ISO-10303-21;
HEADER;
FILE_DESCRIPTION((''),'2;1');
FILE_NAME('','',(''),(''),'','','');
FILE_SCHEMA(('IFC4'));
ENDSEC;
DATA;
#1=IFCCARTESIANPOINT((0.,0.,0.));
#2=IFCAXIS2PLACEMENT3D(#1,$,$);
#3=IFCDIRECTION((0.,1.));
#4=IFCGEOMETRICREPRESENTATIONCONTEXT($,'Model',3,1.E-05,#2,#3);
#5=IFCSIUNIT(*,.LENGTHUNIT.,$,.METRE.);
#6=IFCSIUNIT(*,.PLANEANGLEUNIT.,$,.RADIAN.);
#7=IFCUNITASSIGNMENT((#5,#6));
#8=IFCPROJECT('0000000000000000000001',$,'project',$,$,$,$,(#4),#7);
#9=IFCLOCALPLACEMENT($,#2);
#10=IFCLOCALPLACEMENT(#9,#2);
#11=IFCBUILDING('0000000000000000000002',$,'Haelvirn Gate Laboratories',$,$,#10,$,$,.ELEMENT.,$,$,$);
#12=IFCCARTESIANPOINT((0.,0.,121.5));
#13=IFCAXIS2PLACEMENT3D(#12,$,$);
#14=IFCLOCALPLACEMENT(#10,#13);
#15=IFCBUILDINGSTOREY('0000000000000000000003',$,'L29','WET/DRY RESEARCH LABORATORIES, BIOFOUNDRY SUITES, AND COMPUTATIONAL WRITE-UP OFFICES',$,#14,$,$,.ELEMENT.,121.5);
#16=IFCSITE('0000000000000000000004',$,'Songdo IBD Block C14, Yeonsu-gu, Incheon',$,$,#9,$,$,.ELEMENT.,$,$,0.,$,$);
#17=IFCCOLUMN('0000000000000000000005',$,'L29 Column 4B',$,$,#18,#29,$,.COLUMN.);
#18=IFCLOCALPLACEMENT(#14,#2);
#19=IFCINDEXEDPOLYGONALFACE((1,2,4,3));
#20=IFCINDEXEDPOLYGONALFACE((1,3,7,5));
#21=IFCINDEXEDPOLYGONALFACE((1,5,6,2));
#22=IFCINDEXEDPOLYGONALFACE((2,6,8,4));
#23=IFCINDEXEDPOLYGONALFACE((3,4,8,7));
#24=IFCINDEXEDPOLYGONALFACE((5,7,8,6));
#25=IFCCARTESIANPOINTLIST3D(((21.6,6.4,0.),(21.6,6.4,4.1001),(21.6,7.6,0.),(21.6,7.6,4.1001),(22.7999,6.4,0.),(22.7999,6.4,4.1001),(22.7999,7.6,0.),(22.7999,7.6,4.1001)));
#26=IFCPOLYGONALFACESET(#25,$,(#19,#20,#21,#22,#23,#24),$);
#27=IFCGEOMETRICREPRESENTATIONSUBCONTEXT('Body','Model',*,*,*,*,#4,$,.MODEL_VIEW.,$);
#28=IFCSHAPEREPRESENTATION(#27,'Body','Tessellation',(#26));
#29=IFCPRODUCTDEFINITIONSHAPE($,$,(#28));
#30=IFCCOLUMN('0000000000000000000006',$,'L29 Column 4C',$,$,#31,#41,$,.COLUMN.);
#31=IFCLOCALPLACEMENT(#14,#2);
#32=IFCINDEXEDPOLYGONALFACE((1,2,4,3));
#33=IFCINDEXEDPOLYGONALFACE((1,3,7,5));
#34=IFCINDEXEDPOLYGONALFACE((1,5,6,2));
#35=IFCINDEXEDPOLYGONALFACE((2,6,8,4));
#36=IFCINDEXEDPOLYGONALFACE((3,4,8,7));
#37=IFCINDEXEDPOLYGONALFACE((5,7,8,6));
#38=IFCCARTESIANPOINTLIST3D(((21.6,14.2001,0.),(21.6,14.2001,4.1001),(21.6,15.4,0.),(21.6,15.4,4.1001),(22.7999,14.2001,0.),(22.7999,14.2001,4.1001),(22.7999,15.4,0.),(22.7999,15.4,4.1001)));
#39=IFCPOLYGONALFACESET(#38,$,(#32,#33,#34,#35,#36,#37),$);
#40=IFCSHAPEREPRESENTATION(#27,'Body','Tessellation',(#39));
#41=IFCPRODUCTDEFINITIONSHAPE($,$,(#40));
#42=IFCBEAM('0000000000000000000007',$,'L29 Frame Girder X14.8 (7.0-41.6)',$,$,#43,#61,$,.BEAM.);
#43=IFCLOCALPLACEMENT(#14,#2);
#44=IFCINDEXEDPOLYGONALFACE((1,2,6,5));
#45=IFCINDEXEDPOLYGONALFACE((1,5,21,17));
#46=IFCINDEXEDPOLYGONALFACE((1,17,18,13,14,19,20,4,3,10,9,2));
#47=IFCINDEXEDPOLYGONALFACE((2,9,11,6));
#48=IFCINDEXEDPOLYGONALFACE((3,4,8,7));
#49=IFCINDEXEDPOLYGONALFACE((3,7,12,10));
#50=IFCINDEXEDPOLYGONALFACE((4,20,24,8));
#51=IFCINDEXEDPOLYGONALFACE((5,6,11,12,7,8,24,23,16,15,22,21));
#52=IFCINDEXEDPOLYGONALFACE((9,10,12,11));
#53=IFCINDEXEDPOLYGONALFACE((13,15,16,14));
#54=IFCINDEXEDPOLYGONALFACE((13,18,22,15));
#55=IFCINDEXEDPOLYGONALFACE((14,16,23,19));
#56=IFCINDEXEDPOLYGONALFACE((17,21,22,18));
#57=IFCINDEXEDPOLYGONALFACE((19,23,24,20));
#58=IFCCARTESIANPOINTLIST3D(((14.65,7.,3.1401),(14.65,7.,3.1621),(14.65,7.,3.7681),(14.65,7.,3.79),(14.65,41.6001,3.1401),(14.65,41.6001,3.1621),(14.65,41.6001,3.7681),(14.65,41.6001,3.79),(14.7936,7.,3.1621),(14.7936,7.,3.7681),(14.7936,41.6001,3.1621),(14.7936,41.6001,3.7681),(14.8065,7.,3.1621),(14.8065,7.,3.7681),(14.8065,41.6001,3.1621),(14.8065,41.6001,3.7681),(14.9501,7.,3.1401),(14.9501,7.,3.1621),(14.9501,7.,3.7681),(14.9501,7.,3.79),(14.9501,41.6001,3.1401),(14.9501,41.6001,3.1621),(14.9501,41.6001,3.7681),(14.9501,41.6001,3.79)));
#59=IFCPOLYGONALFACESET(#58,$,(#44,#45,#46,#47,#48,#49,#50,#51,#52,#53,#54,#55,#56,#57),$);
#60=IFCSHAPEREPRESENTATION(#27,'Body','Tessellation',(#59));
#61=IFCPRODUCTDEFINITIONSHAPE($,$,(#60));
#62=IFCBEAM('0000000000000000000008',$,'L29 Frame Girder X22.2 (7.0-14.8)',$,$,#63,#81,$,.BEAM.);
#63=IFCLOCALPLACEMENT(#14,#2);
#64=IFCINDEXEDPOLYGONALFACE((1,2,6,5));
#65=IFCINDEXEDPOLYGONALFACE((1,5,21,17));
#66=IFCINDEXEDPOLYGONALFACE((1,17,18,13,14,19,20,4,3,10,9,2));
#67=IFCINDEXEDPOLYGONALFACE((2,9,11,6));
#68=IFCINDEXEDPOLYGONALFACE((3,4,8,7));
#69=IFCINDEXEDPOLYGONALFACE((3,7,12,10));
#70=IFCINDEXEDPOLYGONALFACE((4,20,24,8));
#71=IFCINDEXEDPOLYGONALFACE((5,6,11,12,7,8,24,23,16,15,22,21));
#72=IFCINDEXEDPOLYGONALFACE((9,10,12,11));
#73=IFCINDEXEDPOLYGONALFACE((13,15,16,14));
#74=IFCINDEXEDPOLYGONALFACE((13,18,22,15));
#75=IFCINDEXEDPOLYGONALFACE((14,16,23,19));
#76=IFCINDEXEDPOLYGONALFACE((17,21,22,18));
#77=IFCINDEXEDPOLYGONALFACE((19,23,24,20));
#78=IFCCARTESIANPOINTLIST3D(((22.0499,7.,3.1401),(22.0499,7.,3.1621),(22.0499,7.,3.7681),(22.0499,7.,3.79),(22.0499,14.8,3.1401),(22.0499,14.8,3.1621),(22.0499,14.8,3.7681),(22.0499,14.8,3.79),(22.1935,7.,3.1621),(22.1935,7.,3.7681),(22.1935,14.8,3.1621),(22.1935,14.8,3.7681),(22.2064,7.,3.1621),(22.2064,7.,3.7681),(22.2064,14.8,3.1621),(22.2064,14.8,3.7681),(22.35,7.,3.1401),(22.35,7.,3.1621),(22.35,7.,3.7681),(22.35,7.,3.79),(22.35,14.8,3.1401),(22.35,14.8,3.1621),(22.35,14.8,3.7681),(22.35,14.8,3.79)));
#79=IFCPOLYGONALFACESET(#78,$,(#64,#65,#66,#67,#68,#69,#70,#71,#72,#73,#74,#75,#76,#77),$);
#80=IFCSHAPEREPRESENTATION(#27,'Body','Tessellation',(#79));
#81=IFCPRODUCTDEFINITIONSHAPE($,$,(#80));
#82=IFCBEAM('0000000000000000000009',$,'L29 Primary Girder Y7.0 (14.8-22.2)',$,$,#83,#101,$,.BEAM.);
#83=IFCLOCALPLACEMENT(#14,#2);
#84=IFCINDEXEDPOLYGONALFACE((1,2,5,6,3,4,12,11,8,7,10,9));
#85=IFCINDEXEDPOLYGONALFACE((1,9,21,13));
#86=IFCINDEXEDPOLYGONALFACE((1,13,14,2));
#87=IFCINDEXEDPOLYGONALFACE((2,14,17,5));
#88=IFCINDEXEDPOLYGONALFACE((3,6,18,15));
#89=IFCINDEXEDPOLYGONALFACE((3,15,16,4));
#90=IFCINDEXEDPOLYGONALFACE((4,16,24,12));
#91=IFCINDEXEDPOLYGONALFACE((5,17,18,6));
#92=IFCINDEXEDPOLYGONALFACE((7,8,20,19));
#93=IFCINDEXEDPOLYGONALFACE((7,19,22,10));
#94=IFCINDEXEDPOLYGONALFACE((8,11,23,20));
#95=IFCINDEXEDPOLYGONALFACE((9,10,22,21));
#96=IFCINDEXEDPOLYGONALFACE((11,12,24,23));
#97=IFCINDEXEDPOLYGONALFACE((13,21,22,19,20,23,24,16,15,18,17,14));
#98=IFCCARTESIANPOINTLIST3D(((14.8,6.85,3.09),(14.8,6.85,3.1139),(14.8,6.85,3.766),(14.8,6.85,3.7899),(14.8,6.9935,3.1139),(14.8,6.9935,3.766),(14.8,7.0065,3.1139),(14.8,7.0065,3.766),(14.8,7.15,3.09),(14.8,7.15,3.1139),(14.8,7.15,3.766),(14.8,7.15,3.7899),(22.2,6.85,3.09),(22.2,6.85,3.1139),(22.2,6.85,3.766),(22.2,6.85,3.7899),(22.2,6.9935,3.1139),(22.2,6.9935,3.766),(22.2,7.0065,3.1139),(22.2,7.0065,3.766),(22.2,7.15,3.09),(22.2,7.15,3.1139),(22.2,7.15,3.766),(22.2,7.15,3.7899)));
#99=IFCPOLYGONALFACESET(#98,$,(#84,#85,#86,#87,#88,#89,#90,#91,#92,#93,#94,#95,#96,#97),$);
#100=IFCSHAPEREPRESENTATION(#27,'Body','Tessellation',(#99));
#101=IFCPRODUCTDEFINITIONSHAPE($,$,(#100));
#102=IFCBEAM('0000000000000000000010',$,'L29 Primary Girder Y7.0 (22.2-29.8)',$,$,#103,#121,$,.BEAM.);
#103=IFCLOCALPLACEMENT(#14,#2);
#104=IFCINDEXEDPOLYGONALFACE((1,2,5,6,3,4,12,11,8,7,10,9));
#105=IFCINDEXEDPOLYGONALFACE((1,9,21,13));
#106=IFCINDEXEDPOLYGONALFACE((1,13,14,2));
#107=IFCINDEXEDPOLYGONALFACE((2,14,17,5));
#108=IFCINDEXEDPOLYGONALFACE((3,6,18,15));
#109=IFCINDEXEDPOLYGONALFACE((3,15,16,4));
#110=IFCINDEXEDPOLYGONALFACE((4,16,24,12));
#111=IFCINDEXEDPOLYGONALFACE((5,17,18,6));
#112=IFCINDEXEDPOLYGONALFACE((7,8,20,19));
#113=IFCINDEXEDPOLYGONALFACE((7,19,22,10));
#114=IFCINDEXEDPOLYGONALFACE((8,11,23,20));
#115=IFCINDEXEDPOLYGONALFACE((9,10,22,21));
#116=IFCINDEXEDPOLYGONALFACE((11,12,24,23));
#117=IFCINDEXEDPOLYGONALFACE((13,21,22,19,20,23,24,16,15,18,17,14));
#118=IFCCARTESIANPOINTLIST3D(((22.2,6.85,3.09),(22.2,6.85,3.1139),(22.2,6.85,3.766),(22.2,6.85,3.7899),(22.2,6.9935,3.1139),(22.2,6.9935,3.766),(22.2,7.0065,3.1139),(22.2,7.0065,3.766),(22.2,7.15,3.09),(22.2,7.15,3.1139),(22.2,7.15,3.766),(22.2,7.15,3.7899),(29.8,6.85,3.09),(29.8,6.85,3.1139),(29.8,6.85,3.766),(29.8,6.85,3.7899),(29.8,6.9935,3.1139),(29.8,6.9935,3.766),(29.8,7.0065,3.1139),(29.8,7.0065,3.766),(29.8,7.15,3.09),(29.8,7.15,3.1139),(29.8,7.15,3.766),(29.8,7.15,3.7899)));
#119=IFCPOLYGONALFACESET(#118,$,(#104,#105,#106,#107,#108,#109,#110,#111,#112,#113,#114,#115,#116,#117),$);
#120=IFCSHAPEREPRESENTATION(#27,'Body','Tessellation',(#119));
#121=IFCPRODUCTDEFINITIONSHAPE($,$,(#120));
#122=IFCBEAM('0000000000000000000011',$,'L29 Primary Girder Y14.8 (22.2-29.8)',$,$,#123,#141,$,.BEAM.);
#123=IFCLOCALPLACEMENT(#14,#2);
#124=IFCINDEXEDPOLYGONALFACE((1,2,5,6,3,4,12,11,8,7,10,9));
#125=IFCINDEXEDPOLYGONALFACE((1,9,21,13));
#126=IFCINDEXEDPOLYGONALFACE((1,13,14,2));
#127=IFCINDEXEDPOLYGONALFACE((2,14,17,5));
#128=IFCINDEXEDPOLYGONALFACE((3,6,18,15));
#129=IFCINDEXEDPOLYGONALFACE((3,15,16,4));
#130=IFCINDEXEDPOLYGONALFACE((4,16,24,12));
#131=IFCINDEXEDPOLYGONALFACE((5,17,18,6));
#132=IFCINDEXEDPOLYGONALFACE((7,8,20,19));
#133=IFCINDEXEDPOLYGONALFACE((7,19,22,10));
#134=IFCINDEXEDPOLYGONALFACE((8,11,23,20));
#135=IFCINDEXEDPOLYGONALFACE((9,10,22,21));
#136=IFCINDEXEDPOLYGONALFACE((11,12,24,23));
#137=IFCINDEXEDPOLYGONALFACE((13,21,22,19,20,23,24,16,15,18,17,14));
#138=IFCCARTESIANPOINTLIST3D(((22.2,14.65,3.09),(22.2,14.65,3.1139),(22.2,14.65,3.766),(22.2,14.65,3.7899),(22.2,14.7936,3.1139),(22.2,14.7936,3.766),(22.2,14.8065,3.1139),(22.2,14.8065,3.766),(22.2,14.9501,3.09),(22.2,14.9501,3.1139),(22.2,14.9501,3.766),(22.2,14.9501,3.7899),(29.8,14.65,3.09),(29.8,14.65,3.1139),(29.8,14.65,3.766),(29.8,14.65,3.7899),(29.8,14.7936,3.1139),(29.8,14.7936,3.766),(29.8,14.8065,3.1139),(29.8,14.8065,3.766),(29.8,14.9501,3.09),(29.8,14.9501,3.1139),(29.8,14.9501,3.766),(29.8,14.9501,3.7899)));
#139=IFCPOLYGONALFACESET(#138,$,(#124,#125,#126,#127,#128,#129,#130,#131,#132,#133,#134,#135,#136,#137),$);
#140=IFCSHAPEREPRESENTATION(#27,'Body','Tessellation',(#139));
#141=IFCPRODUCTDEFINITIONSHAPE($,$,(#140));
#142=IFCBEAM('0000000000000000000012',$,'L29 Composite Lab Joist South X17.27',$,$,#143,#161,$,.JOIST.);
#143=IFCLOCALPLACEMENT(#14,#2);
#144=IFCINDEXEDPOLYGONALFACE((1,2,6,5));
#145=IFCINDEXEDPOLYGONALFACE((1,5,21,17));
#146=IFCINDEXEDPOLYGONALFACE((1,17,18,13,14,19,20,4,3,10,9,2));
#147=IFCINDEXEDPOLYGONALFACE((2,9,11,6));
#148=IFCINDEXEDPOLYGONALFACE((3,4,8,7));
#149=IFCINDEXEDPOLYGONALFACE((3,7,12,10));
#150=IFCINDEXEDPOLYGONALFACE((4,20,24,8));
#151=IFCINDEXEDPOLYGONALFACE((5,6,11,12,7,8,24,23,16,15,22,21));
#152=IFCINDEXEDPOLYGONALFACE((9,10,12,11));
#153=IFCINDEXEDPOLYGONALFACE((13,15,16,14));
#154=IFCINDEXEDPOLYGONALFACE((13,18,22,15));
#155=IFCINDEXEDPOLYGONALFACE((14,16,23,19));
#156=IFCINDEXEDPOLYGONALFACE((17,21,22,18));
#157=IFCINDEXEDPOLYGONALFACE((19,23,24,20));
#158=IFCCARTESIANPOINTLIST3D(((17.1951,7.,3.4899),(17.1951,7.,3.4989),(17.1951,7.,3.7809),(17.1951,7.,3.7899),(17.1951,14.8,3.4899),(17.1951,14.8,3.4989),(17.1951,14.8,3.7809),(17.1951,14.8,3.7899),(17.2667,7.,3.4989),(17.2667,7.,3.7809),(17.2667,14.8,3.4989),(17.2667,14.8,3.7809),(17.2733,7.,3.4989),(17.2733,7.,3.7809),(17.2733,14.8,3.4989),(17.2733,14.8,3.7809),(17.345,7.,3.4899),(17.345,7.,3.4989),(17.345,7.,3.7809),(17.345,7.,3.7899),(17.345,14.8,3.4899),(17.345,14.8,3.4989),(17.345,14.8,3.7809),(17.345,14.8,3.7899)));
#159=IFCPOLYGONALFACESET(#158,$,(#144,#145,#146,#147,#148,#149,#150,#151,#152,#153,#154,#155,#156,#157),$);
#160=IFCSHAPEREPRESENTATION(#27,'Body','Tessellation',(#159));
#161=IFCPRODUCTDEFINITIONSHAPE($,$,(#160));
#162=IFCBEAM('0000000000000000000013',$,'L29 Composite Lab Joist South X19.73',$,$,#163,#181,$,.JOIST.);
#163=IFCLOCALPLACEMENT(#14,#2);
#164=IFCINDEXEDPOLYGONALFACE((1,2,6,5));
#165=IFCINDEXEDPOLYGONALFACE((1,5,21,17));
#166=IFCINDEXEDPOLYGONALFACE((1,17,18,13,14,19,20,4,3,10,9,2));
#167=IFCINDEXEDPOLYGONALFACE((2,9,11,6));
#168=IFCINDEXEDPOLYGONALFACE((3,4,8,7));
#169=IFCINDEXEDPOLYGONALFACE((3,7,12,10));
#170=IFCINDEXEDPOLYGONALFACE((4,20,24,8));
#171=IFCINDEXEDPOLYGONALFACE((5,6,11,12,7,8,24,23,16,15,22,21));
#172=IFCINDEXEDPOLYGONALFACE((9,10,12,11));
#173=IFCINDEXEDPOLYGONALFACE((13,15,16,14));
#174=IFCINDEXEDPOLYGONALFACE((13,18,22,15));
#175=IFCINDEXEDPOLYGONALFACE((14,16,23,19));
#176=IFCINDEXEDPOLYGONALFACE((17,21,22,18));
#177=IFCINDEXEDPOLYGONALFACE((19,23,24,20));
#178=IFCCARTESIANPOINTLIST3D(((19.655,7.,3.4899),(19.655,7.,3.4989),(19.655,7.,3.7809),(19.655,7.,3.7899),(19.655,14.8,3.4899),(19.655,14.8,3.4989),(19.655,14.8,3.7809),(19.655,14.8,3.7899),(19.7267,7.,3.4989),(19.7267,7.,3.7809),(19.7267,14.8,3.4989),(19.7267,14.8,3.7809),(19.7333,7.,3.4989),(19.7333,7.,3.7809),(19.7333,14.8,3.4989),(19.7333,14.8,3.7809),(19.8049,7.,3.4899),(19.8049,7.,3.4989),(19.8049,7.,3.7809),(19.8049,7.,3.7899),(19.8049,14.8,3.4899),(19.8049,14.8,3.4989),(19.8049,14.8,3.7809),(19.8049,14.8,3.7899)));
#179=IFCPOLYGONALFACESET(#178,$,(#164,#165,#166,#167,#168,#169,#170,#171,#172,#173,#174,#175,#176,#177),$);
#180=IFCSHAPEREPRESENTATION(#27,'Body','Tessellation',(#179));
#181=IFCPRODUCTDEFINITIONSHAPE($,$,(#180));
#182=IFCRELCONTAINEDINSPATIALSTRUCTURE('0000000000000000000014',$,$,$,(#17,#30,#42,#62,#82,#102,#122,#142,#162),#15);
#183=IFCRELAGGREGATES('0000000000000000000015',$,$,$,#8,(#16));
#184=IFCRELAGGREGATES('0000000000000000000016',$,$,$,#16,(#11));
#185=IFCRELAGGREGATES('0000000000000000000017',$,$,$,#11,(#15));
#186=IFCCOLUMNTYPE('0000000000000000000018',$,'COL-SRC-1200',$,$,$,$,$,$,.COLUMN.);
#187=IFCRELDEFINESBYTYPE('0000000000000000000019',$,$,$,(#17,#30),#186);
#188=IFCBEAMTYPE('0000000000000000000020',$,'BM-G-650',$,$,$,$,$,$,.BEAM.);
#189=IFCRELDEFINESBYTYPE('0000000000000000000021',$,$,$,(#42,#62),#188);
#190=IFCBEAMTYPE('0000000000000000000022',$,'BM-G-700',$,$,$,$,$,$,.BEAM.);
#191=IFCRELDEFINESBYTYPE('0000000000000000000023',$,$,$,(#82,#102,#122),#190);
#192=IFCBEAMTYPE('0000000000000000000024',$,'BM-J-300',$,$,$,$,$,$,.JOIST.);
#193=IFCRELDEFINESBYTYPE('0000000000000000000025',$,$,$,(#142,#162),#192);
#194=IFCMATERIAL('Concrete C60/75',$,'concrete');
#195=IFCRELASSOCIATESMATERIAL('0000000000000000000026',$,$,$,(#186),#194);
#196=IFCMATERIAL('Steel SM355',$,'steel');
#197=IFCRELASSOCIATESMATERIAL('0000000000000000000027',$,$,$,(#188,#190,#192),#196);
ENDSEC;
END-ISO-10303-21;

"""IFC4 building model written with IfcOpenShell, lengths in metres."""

from ifc_helpers import new_model, si_unit, direction, frame, origin, origin_2d, place, context, subcontext, project, spatial, rectangle, i_section, extrude, source, transform, mapped, material, material_profile, profile_set, type_object, type_shapes, element, save


model = new_model("IFC4")

# Units and contexts
model_context = context("Model", 3, precision=1e-05, world=origin(), true_north=direction((0.0, 1.0)))
body_context = subcontext(model_context, "Body", "Model", "MODEL_VIEW")
ifc_project = project(units=[si_unit("LENGTHUNIT", "METRE"), si_unit("PLANEANGLEUNIT", "RADIAN")], contexts=[model_context])

# Site, building, storey
site_placement = place(None, origin())
site = spatial("IfcSite", under=ifc_project, at=site_placement, Name="Songdo IBD Block C14, Yeonsu-gu, Incheon", CompositionType="ELEMENT", RefElevation=0.0)
building_placement = place(site_placement, origin())
building = spatial("IfcBuilding", under=site, at=building_placement, Name="Haelvirn Gate Laboratories", CompositionType="ELEMENT")
storey_placement = place(building_placement, frame((0.0, 0.0, 121.5)))
storey = spatial("IfcBuildingStorey", under=building, at=storey_placement, Name="L29", Description="WET/DRY RESEARCH LABORATORIES, BIOFOUNDRY SUITES, AND COMPUTATIONAL WRITE-UP OFFICES", CompositionType="ELEMENT", Elevation=121.5)

# Columns
ifc_material_1 = material(Name="Concrete C60/75", Category="concrete")
ifc_material_profile_1 = material_profile(ifc_material_1, rectangle(XDim=1.2, YDim=1.2, at=origin_2d()), Name="SRC-1200x1200")
ifc_profile_set_1 = profile_set([ifc_material_profile_1], Name="Concrete C60/75")
column_type = type_object("IfcColumnType", Name="COL-SRC-1200", PredefinedType="COLUMN", material=ifc_profile_set_1)
shared_shape_1 = source(origin(), body_context, "Body", "SweptSolid", [
    extrude(rectangle(XDim=1.2, YDim=1.2, at=origin_2d()), origin(), (0.0, 0.0, 1.0), 4.1001),
])
type_shapes(column_type, [shared_shape_1])
for number, where, z_axis, x_axis, name in (
    (1, (22.2, 7.0, 0.0), (0.0, 0.0, 1.0), (1.0, 0.0, 0.0), "L29 Column 4B"),
    (2, (22.2, 14.8, 0.0), (0.0, 0.0, 1.0), (1.0, 0.0, 0.0), "L29 Column 4C"),
):
    element("IfcColumn", number, at=place(storey_placement, frame(where, z_axis=z_axis, x_axis=x_axis)), inside=storey, type_object=column_type, Name=name, PredefinedType="COLUMN", context=body_context, shape_type="MappedRepresentation", body=[
        mapped(shared_shape_1, transform((0.0, 0.0, 0.0), scale=1.0)),
    ])

# Beams
ifc_material_2 = material(Name="Steel SM355", Category="steel")
ifc_material_profile_2 = material_profile(ifc_material_2, i_section(OverallWidth=0.3, OverallDepth=0.6499, WebThickness=0.0129, FlangeThickness=0.022, at=origin_2d()), Name="H-650x300x13x22")
ifc_profile_set_2 = profile_set([ifc_material_profile_2], Name="Steel SM355")
beam_type_1 = type_object("IfcBeamType", Name="BM-G-650", PredefinedType="BEAM", material=ifc_profile_set_2)
shared_shape_2 = source(origin(), body_context, "Body", "SweptSolid", [
    extrude(i_section(OverallWidth=0.3, OverallDepth=0.6499, WebThickness=0.0129, FlangeThickness=0.022, at=origin_2d()), origin(), (0.0, 0.0, 1.0), 34.6001),
])
beam_1_placement = place(storey_placement, frame((14.8, 7.0, 3.4651), z_axis=(0.0, 1.0, 0.0), x_axis=(-1.0, 0.0, 0.0)))
element("IfcBeam", 3, at=beam_1_placement, inside=storey, type_object=beam_type_1, Name="L29 Frame Girder X14.8 (7.0-41.6)", PredefinedType="BEAM", context=body_context, shape_type="MappedRepresentation", body=[
    mapped(shared_shape_2, transform((0.0, 0.0, 0.0), scale=1.0)),
])
shared_shape_3 = source(origin(), body_context, "Body", "SweptSolid", [
    extrude(i_section(OverallWidth=0.3, OverallDepth=0.6499, WebThickness=0.0129, FlangeThickness=0.022, at=origin_2d()), origin(), (0.0, 0.0, 1.0), 7.8),
])
type_shapes(beam_type_1, [shared_shape_2, shared_shape_3])
beam_2_placement = place(storey_placement, frame((22.2, 7.0, 3.4651), z_axis=(0.0, 1.0, 0.0), x_axis=(-1.0, 0.0, 0.0)))
element("IfcBeam", 4, at=beam_2_placement, inside=storey, type_object=beam_type_1, Name="L29 Frame Girder X22.2 (7.0-14.8)", PredefinedType="BEAM", context=body_context, shape_type="MappedRepresentation", body=[
    mapped(shared_shape_3, transform((0.0, 0.0, 0.0), scale=1.0)),
])
ifc_material_profile_3 = material_profile(ifc_material_2, i_section(OverallWidth=0.3, OverallDepth=0.7, WebThickness=0.0129, FlangeThickness=0.0239, at=origin_2d()), Name="H-700x300x13x24")
ifc_profile_set_3 = profile_set([ifc_material_profile_3], Name="Steel SM355")
beam_type_2 = type_object("IfcBeamType", Name="BM-G-700", PredefinedType="BEAM", material=ifc_profile_set_3)
shared_shape_4 = source(origin(), body_context, "Body", "SweptSolid", [
    extrude(i_section(OverallWidth=0.3, OverallDepth=0.7, WebThickness=0.0129, FlangeThickness=0.0239, at=origin_2d()), origin(), (0.0, 0.0, 1.0), 7.3999),
])
beam_3_placement = place(storey_placement, frame((14.8, 7.0, 3.4399), z_axis=(1.0, 0.0, 0.0), x_axis=(0.0, 1.0, 0.0)))
element("IfcBeam", 5, at=beam_3_placement, inside=storey, type_object=beam_type_2, Name="L29 Primary Girder Y7.0 (14.8-22.2)", PredefinedType="BEAM", context=body_context, shape_type="MappedRepresentation", body=[
    mapped(shared_shape_4, transform((0.0, 0.0, 0.0), scale=1.0)),
])
shared_shape_5 = source(origin(), body_context, "Body", "SweptSolid", [
    extrude(i_section(OverallWidth=0.3, OverallDepth=0.7, WebThickness=0.0129, FlangeThickness=0.0239, at=origin_2d()), origin(), (0.0, 0.0, 1.0), 7.6001),
])
type_shapes(beam_type_2, [shared_shape_4, shared_shape_5])
for number, where, z_axis, x_axis, name in (
    (6, (22.2, 7.0, 3.4399), (1.0, 0.0, 0.0), (0.0, 1.0, 0.0), "L29 Primary Girder Y7.0 (22.2-29.8)"),
    (7, (22.2, 14.8, 3.4399), (1.0, 0.0, 0.0), (0.0, 1.0, 0.0), "L29 Primary Girder Y14.8 (22.2-29.8)"),
):
    element("IfcBeam", number, at=place(storey_placement, frame(where, z_axis=z_axis, x_axis=x_axis)), inside=storey, type_object=beam_type_2, Name=name, PredefinedType="BEAM", context=body_context, shape_type="MappedRepresentation", body=[
        mapped(shared_shape_5, transform((0.0, 0.0, 0.0), scale=1.0)),
    ])
ifc_material_profile_4 = material_profile(ifc_material_2, i_section(OverallWidth=0.1499, OverallDepth=0.3, WebThickness=0.0066, FlangeThickness=0.009, at=origin_2d()), Name="H-300x150x6.5x9")
ifc_profile_set_4 = profile_set([ifc_material_profile_4], Name="Steel SM355")
beam_type_3 = type_object("IfcBeamType", Name="BM-J-300", PredefinedType="JOIST", material=ifc_profile_set_4)
shared_shape_6 = source(origin(), body_context, "Body", "SweptSolid", [
    extrude(i_section(OverallWidth=0.1499, OverallDepth=0.3, WebThickness=0.0066, FlangeThickness=0.009, at=origin_2d()), origin(), (0.0, 0.0, 1.0), 7.8),
])
type_shapes(beam_type_3, [shared_shape_6])
for number, where, z_axis, x_axis, name in (
    (8, (17.27, 7.0, 3.6399), (0.0, 1.0, 0.0), (-1.0, 0.0, 0.0), "L29 Composite Lab Joist South X17.27"),
    (9, (19.73, 7.0, 3.6399), (0.0, 1.0, 0.0), (-1.0, 0.0, 0.0), "L29 Composite Lab Joist South X19.73"),
):
    element("IfcBeam", number, at=place(storey_placement, frame(where, z_axis=z_axis, x_axis=x_axis)), inside=storey, type_object=beam_type_3, Name=name, PredefinedType="JOIST", context=body_context, shape_type="MappedRepresentation", body=[
        mapped(shared_shape_6, transform((0.0, 0.0, 0.0), scale=1.0)),
    ])

save(model, "model.ifc")
